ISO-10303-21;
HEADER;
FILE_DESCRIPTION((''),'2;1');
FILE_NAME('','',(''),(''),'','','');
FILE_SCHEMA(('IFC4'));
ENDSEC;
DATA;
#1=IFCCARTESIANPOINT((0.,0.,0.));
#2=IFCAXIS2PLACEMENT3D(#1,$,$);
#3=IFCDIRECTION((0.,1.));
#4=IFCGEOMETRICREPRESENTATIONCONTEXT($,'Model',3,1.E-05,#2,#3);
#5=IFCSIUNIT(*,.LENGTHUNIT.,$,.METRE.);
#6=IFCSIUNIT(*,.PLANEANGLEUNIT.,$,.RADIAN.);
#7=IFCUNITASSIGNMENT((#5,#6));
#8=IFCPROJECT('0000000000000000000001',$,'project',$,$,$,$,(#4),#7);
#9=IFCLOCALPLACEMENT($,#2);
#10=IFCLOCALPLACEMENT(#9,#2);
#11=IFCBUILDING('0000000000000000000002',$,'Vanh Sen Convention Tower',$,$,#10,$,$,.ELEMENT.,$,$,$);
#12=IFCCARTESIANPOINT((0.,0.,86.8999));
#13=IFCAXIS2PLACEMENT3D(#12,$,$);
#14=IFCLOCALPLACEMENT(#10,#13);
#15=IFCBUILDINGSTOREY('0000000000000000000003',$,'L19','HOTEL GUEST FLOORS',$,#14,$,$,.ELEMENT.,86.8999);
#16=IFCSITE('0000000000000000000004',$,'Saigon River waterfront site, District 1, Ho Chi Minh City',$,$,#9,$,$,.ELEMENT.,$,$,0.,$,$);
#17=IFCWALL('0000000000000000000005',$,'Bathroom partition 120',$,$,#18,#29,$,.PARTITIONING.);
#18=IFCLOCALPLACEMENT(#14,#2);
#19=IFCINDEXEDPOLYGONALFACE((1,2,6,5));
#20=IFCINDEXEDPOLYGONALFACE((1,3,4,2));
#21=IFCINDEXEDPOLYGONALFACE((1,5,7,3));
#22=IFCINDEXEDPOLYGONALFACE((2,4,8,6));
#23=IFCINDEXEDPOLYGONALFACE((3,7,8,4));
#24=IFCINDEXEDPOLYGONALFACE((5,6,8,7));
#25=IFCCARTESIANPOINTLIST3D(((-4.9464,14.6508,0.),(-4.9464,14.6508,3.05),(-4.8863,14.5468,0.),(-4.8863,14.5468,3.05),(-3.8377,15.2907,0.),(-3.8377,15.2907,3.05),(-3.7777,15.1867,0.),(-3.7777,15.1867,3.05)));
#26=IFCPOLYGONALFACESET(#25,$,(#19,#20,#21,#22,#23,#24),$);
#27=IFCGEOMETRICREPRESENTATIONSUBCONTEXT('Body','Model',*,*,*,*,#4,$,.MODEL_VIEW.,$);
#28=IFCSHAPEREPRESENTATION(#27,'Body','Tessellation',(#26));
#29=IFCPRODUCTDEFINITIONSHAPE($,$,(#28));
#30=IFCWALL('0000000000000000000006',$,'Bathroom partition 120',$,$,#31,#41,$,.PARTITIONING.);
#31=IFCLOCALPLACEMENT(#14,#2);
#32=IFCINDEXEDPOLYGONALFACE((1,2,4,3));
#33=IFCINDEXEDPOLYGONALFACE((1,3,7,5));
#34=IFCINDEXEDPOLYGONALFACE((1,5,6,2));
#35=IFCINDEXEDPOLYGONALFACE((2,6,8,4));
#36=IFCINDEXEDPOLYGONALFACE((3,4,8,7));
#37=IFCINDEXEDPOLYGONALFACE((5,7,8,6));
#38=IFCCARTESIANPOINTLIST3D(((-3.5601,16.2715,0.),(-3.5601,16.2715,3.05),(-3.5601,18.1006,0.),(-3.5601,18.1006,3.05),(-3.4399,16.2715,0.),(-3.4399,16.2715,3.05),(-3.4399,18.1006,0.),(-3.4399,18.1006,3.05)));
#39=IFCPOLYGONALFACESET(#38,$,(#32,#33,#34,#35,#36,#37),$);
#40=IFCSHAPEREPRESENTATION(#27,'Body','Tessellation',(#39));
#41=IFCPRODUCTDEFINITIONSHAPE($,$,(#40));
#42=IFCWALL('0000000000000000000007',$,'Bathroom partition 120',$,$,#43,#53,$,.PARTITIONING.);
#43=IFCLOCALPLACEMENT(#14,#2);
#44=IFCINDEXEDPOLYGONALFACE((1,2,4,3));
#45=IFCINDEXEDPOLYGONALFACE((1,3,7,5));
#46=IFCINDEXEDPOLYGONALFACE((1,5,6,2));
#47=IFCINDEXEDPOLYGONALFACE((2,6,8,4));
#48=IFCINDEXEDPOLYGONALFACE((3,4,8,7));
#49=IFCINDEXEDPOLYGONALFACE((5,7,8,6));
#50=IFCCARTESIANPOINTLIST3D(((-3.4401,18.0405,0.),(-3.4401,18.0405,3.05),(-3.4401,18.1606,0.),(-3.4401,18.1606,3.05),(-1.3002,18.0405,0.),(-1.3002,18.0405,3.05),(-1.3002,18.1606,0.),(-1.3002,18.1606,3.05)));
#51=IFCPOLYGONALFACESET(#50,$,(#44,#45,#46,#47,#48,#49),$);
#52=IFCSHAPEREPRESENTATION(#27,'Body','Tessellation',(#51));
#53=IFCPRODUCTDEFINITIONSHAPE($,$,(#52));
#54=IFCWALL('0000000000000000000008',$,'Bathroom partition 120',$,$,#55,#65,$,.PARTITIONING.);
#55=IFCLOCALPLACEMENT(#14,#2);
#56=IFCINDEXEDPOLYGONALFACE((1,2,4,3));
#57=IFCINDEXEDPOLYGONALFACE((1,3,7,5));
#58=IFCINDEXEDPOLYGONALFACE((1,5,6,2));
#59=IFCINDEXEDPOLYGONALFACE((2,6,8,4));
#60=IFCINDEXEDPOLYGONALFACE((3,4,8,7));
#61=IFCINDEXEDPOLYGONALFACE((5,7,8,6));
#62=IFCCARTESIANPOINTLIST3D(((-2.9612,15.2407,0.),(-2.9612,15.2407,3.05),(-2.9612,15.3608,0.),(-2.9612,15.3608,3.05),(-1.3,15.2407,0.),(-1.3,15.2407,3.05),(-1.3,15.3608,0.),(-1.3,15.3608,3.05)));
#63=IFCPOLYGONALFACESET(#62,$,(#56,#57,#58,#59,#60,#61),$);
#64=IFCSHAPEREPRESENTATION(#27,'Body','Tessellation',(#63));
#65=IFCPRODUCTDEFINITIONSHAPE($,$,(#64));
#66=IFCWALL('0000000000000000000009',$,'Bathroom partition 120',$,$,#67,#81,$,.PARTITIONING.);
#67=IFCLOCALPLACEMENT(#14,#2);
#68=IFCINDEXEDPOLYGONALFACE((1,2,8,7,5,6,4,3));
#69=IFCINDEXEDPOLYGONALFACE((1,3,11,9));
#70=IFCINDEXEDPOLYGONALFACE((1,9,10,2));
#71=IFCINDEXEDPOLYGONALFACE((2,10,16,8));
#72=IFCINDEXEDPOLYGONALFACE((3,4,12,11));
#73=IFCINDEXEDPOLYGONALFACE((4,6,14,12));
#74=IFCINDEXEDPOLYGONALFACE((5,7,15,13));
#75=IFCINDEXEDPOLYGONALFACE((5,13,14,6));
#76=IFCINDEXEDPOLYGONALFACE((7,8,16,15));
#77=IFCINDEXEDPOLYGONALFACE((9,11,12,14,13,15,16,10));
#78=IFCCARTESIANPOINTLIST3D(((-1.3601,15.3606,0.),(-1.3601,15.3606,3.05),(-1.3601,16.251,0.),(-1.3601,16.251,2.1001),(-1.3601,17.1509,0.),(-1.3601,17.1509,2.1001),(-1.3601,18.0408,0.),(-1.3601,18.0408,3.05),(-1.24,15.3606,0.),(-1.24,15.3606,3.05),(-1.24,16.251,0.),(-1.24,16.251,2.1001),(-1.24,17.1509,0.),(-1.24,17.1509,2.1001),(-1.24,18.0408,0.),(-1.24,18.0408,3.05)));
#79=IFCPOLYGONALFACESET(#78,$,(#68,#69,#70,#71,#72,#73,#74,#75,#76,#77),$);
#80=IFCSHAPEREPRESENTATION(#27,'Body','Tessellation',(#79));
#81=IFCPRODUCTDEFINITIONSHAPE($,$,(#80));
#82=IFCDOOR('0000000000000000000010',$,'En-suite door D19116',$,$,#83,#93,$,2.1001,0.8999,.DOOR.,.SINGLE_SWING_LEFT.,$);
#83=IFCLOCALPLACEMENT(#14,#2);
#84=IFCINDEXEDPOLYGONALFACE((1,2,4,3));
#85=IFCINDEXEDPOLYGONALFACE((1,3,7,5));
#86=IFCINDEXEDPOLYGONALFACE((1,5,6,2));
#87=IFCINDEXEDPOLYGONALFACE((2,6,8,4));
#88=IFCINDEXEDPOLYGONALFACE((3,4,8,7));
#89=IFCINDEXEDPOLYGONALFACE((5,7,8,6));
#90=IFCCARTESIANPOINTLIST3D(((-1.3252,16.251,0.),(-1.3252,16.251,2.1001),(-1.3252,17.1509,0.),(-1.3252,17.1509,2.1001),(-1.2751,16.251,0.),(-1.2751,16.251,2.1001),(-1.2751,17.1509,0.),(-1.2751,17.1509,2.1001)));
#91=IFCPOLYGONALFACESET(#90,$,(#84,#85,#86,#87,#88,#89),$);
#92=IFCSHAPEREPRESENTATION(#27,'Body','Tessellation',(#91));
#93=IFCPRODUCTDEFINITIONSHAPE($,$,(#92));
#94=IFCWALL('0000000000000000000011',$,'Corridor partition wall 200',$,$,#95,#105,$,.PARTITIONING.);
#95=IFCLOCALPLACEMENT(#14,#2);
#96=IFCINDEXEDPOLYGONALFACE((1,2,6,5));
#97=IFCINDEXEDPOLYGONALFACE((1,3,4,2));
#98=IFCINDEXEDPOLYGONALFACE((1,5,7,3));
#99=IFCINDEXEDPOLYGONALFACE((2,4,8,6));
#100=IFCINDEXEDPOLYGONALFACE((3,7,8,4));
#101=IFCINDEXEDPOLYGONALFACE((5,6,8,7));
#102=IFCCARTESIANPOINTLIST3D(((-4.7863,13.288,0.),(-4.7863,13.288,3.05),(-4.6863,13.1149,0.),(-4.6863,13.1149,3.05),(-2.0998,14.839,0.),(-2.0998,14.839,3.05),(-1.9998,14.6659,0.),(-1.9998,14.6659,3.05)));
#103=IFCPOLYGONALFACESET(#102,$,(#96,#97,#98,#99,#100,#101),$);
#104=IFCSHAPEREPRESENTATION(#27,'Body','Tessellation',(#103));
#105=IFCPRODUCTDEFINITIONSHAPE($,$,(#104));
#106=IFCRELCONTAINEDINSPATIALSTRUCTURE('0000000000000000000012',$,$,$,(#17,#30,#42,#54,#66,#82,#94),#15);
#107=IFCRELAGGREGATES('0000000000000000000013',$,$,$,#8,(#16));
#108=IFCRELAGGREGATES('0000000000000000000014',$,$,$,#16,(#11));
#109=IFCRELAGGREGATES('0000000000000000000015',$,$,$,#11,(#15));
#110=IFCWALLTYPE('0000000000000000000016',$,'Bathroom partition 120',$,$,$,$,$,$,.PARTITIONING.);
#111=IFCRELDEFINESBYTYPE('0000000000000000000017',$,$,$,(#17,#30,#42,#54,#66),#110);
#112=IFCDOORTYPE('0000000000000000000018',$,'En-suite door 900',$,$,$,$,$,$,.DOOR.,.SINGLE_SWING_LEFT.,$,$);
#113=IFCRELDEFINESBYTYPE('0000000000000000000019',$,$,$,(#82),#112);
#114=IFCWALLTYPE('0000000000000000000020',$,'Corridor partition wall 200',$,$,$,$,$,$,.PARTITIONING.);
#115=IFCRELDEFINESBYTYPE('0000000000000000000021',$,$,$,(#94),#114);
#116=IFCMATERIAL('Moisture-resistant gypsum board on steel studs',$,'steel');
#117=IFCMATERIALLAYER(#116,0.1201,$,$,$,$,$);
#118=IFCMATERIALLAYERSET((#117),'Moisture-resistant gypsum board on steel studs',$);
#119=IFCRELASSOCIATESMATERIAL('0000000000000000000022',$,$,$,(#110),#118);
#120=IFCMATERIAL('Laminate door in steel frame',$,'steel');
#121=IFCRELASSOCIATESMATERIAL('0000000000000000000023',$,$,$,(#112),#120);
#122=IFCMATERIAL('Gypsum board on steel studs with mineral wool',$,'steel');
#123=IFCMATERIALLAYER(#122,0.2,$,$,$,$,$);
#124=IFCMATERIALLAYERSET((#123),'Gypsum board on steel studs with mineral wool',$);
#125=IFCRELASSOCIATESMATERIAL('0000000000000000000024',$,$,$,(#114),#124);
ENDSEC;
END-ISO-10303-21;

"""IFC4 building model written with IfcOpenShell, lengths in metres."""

from ifc_helpers import new_model, si_unit, direction, frame, frame_2d, origin, place, context, subcontext, project, spatial, rectangle, extrude, material, layer, layer_set, type_object, element, fill, save


model = new_model("IFC4")

# Units and contexts
model_context = context("Model", 3, precision=1e-05, world=origin(), true_north=direction((0.0, 1.0)))
body_context = subcontext(model_context, "Body", "Model", "MODEL_VIEW")
ifc_project = project(units=[si_unit("LENGTHUNIT", "METRE"), si_unit("PLANEANGLEUNIT", "RADIAN")], contexts=[model_context])

# Site, building, storey
site_placement = place(None, origin())
site = spatial("IfcSite", under=ifc_project, at=site_placement, Name="Saigon River waterfront site, District 1, Ho Chi Minh City", CompositionType="ELEMENT", RefElevation=0.0)
building_placement = place(site_placement, origin())
building = spatial("IfcBuilding", under=site, at=building_placement, Name="Vanh Sen Convention Tower", CompositionType="ELEMENT")
storey_placement = place(building_placement, frame((0.0, 0.0, 86.8999)))
storey = spatial("IfcBuildingStorey", under=building, at=storey_placement, Name="L19", Description="HOTEL GUEST FLOORS", CompositionType="ELEMENT", Elevation=86.8999)

# Walls
ifc_material_1 = material(Name="Moisture-resistant gypsum board on steel studs", Category="steel")
ifc_layer_1 = layer(ifc_material_1, 0.1201)
ifc_layer_set_1 = layer_set([ifc_layer_1], Name="Moisture-resistant gypsum board on steel studs")
wall_type_1 = type_object("IfcWallType", Name="Bathroom partition 120", PredefinedType="PARTITIONING", material=ifc_layer_set_1)
wall_1_placement = place(storey_placement, frame((-3.8076, 15.2388, 0.0), z_axis=(0.0, 0.0, 1.0), x_axis=(-0.866087, -0.499893, 0.0)))
element("IfcWall", 1, at=wall_1_placement, inside=storey, type_object=wall_type_1, Name="Bathroom partition 120", PredefinedType="PARTITIONING", context=body_context, shape_type="SweptSolid", body=[
    extrude(rectangle(XDim=1.28, YDim=0.1201, at=frame_2d((0.6401, 0.0))), origin(), (0.0, 0.0, 1.0), 3.05),
])
wall_2_placement = place(storey_placement, frame((-3.5, 16.2715, 0.0), z_axis=(0.0, 0.0, 1.0), x_axis=(0.0, 1.0, 0.0)))
element("IfcWall", 2, at=wall_2_placement, inside=storey, type_object=wall_type_1, Name="Bathroom partition 120", PredefinedType="PARTITIONING", context=body_context, shape_type="SweptSolid", body=[
    extrude(rectangle(XDim=1.8291, YDim=0.1201, at=frame_2d((0.9146, 0.0))), origin(), (0.0, 0.0, 1.0), 3.05),
])
wall_3_placement = place(storey_placement, frame((-3.4399, 18.1006, 0.0), z_axis=(0.0, 0.0, 1.0), x_axis=(1.0, 0.0, 0.0)))
element("IfcWall", 3, at=wall_3_placement, inside=storey, type_object=wall_type_1, Name="Bathroom partition 120", PredefinedType="PARTITIONING", context=body_context, shape_type="SweptSolid", body=[
    extrude(rectangle(XDim=2.1399, YDim=0.1201, at=frame_2d((1.0698, 0.0))), origin(), (0.0, 0.0, 1.0), 3.05),
])
wall_4_placement = place(storey_placement, frame((-1.3, 15.3008, 0.0), z_axis=(0.0, 0.0, 1.0), x_axis=(-1.0, 0.0, 0.0)))
element("IfcWall", 4, at=wall_4_placement, inside=storey, type_object=wall_type_1, Name="Bathroom partition 120", PredefinedType="PARTITIONING", context=body_context, shape_type="SweptSolid", body=[
    extrude(rectangle(XDim=1.6611, YDim=0.1201, at=frame_2d((0.8306, 0.0))), origin(), (0.0, 0.0, 1.0), 3.05),
])

# Wall, opening, door
wall_5_placement = place(storey_placement, frame((-1.3, 18.0408, 0.0), z_axis=(0.0, 0.0, 1.0), x_axis=(0.0, -1.0, 0.0)))
wall_5 = element("IfcWall", 5, at=wall_5_placement, inside=storey, type_object=wall_type_1, Name="Bathroom partition 120", PredefinedType="PARTITIONING", context=body_context, shape_type="SweptSolid", body=[
    extrude(rectangle(XDim=2.6802, YDim=0.1201, at=frame_2d((1.3401, 0.0))), origin(), (0.0, 0.0, 1.0), 3.05),
])
opening_1_placement = place(wall_5_placement, frame((0.8899, 0.0, 0.0)))
opening_1 = element("IfcOpeningElement", 6, at=opening_1_placement, cuts=wall_5, PredefinedType="OPENING", context=body_context, shape_type="SweptSolid", body=[
    extrude(rectangle(XDim=0.8999, YDim=2.1001, at=frame_2d((0.45, 1.05))), frame((0.0, 0.0701, 0.0), z_axis=(0.0, -1.0, 0.0), x_axis=(1.0, 0.0, 0.0)), (0.0, 0.0, 1.0), 0.1401),
])
ifc_material_2 = material(Name="Laminate door in steel frame", Category="steel")
door_type = type_object("IfcDoorType", Name="En-suite door 900", OperationType="SINGLE_SWING_LEFT", PredefinedType="DOOR", material=ifc_material_2)
door_placement = place(opening_1_placement, origin())
door = element("IfcDoor", 7, at=door_placement, inside=storey, type_object=door_type, Name="En-suite door D19116", OperationType="SINGLE_SWING_LEFT", OverallHeight=2.1001, OverallWidth=0.8999, PredefinedType="DOOR", context=body_context, shape_type="SweptSolid", body=[
    extrude(rectangle(XDim=0.8999, YDim=2.1001, at=frame_2d((0.45, 1.05))), frame((0.0, 0.0249, 0.0), z_axis=(0.0, -1.0, 0.0), x_axis=(1.0, 0.0, 0.0)), (0.0, 0.0, 1.0), 0.05),
])
fill(opening_1, door)

# Wall
ifc_material_3 = material(Name="Gypsum board on steel studs with mineral wool", Category="steel")
ifc_layer_2 = layer(ifc_material_3, 0.2)
ifc_layer_set_2 = layer_set([ifc_layer_2], Name="Gypsum board on steel studs with mineral wool")
wall_type_2 = type_object("IfcWallType", Name="Corridor partition wall 200", PredefinedType="PARTITIONING", material=ifc_layer_set_2)
wall_6_placement = place(storey_placement, frame((-2.0498, 14.7524, 0.0), z_axis=(0.0, 0.0, 1.0), x_axis=(-0.866031, -0.49999, 0.0)))
element("IfcWall", 8, at=wall_6_placement, inside=storey, type_object=wall_type_2, Name="Corridor partition wall 200", PredefinedType="PARTITIONING", context=body_context, shape_type="SweptSolid", body=[
    extrude(rectangle(XDim=3.1021, YDim=0.2, at=frame_2d((1.551, 0.0))), origin(), (0.0, 0.0, 1.0), 3.05),
])

save(model, "model.ifc")
